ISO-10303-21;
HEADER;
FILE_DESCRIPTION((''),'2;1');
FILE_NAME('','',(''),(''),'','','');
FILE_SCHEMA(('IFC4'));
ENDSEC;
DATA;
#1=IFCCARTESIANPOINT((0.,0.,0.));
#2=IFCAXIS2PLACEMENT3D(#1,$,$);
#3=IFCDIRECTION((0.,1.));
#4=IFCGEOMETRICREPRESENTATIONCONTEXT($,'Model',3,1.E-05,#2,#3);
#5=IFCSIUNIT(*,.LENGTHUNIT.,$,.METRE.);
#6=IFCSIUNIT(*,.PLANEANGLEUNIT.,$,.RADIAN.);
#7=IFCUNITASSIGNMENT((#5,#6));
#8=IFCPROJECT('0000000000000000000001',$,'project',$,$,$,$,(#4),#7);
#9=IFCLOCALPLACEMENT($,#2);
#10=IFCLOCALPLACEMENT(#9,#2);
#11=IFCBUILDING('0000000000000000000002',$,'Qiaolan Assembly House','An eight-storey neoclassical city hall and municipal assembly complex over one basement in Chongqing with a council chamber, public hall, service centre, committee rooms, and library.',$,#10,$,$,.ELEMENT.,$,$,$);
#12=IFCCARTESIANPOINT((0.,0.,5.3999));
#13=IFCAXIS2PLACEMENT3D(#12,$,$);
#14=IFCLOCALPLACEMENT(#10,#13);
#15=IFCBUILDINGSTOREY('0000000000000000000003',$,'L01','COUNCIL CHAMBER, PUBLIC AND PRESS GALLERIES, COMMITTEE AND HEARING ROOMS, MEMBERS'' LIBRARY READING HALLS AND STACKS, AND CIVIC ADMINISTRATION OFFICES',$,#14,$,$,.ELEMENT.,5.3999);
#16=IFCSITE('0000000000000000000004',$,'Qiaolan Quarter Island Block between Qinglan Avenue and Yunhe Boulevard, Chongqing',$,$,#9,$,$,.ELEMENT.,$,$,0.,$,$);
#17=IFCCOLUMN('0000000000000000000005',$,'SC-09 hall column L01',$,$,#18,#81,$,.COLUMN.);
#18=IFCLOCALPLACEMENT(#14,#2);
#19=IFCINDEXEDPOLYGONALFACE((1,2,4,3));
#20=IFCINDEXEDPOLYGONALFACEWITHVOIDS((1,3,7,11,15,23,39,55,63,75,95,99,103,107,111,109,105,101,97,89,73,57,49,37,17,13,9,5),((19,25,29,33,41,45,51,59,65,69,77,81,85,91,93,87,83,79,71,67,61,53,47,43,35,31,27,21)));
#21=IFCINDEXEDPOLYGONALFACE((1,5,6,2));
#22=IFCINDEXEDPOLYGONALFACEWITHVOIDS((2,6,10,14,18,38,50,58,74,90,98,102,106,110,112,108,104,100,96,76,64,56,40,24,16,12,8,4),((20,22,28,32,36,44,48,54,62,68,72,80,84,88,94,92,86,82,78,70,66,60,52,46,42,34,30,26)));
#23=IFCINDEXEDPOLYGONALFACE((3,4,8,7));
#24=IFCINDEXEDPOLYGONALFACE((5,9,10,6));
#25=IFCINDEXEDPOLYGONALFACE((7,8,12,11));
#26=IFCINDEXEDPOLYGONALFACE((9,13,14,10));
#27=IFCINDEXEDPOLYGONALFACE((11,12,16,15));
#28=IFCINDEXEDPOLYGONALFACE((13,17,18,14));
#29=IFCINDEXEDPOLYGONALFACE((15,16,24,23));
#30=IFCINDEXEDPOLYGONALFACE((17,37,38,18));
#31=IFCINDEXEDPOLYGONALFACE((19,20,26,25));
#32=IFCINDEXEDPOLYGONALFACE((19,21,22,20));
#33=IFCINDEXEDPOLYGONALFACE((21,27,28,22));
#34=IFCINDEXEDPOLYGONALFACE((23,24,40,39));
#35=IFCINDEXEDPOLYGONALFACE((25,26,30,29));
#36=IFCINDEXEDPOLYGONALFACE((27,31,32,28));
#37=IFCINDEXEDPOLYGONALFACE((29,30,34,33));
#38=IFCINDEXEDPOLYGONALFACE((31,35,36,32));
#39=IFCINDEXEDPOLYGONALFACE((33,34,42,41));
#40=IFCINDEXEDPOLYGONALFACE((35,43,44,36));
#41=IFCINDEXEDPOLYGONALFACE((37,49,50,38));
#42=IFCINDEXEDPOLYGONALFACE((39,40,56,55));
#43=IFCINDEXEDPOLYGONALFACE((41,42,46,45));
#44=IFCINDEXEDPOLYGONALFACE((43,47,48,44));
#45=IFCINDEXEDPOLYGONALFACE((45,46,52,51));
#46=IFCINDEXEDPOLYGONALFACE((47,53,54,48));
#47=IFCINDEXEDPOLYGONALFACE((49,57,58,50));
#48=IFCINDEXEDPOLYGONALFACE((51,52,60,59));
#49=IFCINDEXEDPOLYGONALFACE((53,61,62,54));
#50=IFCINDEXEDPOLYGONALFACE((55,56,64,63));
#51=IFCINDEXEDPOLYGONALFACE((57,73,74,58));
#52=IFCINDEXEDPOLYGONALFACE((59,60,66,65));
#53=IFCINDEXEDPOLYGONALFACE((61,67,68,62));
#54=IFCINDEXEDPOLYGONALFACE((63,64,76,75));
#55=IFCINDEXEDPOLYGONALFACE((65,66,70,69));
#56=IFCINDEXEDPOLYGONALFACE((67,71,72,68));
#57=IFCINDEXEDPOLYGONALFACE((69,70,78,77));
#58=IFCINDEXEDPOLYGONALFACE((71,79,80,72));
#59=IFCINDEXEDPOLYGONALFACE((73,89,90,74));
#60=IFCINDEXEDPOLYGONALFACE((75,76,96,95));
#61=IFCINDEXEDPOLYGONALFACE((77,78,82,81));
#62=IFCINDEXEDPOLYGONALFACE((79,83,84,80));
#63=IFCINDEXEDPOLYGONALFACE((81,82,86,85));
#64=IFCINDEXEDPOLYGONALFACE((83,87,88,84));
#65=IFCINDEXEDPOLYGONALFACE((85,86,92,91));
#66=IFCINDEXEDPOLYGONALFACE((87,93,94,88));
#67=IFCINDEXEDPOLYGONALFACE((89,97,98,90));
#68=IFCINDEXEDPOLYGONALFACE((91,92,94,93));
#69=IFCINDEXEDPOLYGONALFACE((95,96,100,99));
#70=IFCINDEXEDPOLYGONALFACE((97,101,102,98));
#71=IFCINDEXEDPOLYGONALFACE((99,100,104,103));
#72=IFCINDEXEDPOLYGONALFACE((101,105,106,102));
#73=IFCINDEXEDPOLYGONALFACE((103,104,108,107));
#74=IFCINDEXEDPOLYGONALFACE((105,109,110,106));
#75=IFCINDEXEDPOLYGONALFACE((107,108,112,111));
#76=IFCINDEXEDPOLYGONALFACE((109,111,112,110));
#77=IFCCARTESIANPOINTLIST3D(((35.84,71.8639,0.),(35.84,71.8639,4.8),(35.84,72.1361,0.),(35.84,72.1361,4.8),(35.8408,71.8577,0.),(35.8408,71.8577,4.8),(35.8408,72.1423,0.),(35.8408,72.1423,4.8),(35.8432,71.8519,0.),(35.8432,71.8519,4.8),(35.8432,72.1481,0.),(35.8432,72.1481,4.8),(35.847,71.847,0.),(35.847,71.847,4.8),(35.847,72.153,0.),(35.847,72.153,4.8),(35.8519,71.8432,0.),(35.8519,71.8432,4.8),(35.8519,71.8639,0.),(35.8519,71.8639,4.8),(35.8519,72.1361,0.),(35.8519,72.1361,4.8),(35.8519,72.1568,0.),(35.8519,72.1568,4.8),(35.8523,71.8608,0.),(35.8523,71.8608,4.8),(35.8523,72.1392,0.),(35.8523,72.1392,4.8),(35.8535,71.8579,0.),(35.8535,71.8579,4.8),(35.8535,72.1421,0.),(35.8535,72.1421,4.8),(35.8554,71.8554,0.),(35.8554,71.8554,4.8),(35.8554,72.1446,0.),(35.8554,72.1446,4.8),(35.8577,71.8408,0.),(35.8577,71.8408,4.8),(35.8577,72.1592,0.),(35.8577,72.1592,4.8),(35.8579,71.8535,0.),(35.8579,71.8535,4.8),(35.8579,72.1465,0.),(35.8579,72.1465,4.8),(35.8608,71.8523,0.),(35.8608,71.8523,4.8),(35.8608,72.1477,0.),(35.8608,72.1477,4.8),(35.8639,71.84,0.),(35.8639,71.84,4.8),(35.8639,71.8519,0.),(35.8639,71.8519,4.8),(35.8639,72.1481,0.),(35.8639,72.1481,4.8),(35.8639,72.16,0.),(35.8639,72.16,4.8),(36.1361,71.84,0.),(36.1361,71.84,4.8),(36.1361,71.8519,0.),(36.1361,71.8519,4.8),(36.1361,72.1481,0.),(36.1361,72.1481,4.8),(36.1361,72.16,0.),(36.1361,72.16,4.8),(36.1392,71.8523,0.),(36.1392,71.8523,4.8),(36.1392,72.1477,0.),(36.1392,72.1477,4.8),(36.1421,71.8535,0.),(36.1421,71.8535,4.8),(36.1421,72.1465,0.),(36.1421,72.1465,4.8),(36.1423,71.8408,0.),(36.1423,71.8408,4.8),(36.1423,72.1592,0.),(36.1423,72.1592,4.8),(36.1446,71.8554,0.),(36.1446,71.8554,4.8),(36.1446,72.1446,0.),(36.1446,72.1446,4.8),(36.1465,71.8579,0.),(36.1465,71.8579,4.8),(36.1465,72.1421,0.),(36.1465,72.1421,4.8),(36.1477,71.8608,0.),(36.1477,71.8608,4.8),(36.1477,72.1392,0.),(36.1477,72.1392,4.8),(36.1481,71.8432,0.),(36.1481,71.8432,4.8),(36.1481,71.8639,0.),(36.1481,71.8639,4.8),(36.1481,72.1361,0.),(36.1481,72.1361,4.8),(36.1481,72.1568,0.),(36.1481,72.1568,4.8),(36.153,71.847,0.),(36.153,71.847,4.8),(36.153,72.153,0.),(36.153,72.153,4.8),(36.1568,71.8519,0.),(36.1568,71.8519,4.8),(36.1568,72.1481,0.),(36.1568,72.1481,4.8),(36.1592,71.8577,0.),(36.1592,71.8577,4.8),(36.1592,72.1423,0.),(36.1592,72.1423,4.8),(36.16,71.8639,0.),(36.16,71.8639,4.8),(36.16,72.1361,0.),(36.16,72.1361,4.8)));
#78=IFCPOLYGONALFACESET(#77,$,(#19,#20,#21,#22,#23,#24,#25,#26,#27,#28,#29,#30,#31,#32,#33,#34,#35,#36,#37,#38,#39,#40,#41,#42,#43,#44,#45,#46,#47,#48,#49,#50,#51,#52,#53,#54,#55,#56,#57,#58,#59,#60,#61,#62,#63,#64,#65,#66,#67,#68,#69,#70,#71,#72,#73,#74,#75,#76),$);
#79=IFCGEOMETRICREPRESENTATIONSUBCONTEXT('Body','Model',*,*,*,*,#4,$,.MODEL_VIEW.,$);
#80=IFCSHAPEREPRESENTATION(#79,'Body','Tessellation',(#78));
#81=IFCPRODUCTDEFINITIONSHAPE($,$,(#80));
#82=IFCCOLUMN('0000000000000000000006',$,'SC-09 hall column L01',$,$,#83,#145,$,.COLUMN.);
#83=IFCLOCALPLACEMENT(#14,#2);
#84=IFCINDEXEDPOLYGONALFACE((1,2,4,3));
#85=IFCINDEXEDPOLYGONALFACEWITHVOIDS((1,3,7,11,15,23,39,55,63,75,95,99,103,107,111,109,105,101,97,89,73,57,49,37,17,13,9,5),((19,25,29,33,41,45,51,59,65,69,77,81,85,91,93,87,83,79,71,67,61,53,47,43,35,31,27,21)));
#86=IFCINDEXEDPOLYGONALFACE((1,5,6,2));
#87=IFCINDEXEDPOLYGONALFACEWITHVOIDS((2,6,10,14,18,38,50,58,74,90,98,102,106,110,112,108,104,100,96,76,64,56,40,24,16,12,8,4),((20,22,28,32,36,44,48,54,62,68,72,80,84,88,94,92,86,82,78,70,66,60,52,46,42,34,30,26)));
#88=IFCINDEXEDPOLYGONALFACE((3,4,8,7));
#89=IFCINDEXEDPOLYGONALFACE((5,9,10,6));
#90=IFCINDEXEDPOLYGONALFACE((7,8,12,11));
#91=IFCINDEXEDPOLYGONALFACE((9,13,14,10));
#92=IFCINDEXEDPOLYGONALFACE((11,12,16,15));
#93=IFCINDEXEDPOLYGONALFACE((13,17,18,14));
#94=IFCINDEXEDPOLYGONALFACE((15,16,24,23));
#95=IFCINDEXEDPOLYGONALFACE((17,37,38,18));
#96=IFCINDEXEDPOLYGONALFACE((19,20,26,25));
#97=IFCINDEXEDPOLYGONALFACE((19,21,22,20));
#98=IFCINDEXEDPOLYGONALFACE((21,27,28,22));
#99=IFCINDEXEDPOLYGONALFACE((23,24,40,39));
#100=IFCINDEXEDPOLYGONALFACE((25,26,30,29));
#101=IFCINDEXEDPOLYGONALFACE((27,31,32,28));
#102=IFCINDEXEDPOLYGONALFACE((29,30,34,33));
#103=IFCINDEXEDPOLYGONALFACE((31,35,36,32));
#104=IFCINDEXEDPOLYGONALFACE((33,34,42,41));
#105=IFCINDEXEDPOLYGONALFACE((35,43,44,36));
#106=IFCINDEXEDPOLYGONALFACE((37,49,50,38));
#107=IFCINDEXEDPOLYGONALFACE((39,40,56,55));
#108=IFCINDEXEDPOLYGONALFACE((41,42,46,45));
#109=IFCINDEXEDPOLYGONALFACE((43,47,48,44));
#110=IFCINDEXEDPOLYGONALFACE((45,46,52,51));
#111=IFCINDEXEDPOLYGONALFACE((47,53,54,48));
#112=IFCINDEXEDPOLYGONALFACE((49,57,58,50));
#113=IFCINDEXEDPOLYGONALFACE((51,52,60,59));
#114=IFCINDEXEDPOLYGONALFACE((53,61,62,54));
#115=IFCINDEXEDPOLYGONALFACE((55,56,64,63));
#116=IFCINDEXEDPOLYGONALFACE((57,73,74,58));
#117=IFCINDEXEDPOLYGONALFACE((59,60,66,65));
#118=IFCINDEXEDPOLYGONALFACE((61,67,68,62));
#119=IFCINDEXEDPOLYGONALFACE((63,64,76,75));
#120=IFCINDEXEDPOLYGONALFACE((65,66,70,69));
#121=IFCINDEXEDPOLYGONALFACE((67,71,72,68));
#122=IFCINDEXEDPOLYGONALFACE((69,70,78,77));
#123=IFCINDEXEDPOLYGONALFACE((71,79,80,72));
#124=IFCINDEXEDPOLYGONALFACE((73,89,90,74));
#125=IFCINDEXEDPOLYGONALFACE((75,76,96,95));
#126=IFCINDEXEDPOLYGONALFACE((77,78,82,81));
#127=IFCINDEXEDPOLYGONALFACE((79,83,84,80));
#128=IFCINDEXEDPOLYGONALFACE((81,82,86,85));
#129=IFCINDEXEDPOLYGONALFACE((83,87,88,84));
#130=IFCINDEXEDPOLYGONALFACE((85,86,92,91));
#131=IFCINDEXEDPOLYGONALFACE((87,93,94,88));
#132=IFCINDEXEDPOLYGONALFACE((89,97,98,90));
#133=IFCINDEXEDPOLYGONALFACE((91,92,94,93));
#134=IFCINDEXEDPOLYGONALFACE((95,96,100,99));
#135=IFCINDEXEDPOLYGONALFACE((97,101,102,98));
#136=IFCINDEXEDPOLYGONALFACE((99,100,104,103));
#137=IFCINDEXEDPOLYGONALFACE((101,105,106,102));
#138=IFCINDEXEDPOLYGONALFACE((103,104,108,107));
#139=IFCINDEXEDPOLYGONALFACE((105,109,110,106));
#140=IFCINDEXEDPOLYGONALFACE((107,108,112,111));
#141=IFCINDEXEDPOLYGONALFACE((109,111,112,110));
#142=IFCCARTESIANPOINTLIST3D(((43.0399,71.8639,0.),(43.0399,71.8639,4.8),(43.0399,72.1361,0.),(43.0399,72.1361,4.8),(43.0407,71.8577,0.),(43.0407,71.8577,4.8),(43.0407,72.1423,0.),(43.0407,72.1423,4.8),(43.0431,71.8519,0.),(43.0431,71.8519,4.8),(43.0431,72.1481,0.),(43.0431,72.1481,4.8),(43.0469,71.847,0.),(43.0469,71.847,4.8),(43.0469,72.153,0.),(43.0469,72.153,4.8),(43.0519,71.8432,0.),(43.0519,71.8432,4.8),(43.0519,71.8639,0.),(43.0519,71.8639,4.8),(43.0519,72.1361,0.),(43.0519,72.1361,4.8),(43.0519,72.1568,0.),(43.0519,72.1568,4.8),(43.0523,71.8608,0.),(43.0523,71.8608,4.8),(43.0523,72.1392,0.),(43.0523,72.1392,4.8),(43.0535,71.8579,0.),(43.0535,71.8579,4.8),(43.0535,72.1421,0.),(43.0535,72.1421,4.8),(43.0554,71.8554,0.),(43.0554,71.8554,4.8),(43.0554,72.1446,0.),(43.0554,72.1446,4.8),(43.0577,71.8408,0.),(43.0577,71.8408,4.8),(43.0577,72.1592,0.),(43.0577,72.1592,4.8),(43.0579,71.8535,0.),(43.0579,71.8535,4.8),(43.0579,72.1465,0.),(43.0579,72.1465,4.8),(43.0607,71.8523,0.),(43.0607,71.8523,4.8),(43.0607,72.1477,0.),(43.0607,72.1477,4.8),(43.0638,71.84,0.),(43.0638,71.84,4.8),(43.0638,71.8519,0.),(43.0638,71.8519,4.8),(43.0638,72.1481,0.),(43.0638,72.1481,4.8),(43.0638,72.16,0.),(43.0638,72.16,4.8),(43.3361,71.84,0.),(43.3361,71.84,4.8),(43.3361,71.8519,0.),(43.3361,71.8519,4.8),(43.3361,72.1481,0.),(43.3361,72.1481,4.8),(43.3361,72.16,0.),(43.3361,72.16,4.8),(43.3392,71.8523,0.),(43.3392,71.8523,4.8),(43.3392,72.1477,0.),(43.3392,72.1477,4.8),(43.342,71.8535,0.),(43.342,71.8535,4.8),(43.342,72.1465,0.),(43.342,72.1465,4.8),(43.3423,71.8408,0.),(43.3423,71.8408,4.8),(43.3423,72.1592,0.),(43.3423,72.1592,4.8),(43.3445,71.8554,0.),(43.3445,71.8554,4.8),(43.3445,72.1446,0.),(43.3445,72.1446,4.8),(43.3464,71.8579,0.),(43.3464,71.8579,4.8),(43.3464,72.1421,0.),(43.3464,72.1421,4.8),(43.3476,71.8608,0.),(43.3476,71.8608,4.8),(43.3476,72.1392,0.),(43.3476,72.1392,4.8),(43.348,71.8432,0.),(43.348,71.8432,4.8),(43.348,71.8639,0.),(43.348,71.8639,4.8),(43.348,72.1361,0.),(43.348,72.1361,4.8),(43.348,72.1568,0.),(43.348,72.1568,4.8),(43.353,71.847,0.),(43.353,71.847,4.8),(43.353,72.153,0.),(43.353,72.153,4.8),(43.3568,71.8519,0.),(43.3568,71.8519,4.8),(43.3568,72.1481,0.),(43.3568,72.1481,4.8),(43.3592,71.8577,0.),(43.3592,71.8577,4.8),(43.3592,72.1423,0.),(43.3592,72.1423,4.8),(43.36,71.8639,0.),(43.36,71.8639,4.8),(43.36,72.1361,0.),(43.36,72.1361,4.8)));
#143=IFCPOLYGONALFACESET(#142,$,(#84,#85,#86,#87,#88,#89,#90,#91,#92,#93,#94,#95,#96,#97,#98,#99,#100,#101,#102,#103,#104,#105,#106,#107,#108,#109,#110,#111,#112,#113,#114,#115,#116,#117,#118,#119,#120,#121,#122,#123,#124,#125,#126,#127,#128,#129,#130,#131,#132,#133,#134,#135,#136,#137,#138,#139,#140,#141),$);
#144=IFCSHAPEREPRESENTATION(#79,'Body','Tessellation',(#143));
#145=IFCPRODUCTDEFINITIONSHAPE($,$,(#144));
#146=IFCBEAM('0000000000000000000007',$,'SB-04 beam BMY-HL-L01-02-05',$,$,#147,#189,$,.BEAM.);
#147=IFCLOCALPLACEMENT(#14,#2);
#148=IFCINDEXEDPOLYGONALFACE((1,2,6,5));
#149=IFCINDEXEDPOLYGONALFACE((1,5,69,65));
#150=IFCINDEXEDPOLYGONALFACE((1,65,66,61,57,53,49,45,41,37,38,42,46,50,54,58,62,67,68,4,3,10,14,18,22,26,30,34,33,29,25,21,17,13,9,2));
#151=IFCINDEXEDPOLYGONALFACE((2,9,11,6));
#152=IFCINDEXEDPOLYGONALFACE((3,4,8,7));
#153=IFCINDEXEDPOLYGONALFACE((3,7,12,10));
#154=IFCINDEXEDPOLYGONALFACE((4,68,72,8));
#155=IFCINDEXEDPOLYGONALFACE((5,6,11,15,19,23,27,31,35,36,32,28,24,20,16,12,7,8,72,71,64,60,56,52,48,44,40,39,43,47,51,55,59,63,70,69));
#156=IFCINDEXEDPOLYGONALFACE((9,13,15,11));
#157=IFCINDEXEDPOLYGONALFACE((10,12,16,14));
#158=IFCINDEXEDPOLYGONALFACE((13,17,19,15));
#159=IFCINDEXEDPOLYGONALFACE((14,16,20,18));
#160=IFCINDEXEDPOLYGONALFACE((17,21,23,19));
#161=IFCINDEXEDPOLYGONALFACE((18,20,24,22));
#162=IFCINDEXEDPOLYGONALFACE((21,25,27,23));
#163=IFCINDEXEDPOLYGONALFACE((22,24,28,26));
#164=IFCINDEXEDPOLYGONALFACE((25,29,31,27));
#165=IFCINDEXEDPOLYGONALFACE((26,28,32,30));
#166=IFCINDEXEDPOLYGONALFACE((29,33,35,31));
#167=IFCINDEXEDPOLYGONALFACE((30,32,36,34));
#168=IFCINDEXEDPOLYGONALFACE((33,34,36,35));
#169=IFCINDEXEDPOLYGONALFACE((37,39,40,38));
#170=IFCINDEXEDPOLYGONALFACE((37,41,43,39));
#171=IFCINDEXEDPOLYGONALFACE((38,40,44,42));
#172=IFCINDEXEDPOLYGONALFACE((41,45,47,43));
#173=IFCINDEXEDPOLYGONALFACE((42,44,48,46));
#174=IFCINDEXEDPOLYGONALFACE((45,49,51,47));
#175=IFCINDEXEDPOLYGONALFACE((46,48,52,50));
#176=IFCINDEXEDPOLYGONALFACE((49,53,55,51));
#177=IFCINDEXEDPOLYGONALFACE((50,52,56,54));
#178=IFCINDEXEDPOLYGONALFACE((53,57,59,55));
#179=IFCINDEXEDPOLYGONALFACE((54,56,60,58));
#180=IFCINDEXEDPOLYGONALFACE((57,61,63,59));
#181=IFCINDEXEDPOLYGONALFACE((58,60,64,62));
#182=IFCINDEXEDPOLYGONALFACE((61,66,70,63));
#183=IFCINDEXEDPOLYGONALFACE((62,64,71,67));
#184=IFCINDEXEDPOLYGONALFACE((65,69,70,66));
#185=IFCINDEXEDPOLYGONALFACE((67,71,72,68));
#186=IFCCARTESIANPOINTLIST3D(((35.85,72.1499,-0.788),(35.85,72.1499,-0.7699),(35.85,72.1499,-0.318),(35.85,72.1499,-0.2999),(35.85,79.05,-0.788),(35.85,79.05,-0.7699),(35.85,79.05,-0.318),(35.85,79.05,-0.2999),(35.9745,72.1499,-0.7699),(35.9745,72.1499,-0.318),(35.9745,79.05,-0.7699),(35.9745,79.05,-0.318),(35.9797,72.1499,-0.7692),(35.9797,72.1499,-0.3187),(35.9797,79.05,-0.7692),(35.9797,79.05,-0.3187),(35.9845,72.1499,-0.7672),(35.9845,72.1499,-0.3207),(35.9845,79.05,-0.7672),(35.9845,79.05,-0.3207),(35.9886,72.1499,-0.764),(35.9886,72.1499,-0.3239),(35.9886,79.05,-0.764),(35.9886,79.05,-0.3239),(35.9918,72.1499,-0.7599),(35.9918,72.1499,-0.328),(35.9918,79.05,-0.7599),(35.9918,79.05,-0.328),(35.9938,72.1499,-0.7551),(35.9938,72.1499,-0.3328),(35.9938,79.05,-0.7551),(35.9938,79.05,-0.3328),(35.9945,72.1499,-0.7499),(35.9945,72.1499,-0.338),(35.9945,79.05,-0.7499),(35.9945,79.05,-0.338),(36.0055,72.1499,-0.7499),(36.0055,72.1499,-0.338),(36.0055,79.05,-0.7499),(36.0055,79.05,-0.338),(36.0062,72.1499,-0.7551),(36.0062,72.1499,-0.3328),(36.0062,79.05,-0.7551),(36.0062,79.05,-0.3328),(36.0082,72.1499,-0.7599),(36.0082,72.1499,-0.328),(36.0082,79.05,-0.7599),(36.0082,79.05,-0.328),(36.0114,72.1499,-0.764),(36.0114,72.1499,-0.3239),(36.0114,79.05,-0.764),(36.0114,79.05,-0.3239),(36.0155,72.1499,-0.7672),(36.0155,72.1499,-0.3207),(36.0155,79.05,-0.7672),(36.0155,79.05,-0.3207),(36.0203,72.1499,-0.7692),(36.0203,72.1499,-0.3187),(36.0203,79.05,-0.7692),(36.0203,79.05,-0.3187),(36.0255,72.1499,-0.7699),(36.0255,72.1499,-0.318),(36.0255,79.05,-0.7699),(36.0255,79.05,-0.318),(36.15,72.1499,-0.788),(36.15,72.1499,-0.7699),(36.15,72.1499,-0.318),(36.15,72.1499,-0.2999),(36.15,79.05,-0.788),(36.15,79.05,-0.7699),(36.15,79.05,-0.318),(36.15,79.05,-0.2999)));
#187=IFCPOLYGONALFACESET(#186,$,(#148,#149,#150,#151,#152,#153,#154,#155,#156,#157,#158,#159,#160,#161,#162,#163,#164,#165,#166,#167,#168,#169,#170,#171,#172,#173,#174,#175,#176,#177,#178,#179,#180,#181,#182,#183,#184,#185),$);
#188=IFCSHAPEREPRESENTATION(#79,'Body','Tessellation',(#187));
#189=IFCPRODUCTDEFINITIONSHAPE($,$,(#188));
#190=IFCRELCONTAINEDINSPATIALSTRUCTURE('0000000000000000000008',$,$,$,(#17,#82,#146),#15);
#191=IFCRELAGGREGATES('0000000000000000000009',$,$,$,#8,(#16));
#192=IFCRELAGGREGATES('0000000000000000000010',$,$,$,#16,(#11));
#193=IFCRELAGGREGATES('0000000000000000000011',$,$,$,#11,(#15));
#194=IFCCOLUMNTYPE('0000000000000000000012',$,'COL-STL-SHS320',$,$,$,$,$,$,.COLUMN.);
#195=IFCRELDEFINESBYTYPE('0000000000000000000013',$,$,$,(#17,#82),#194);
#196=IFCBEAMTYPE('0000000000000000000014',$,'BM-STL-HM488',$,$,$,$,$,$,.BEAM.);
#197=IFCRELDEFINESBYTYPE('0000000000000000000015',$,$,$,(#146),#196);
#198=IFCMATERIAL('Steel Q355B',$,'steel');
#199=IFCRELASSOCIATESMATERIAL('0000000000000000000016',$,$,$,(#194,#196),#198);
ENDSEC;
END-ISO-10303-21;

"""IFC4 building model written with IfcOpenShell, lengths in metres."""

from ifc_helpers import new_model, si_unit, direction, frame, origin, origin_2d, place, context, subcontext, project, spatial, hollow_rectangle, i_section, extrude, material, material_profile, profile_set, type_object, element, save


model = new_model("IFC4")

# Units and contexts
model_context = context("Model", 3, precision=1e-05, world=origin(), true_north=direction((0.0, 1.0)))
body_context = subcontext(model_context, "Body", "Model", "MODEL_VIEW")
ifc_project = project(units=[si_unit("LENGTHUNIT", "METRE"), si_unit("PLANEANGLEUNIT", "RADIAN")], contexts=[model_context])

# Site, building, storey
site_placement = place(None, origin())
site = spatial("IfcSite", under=ifc_project, at=site_placement, Name="Qiaolan Quarter Island Block between Qinglan Avenue and Yunhe Boulevard, Chongqing", CompositionType="ELEMENT", RefElevation=0.0)
building_placement = place(site_placement, origin())
building = spatial("IfcBuilding", under=site, at=building_placement, Name="Qiaolan Assembly House", Description="An eight-storey neoclassical city hall and municipal assembly complex over one basement in Chongqing with a council chamber, public hall, service centre, committee rooms, and library.", CompositionType="ELEMENT")
storey_placement = place(building_placement, frame((0.0, 0.0, 5.3999)))
storey = spatial("IfcBuildingStorey", under=building, at=storey_placement, Name="L01", Description="COUNCIL CHAMBER, PUBLIC AND PRESS GALLERIES, COMMITTEE AND HEARING ROOMS, MEMBERS' LIBRARY READING HALLS AND STACKS, AND CIVIC ADMINISTRATION OFFICES", CompositionType="ELEMENT", Elevation=5.3999)

# Columns
ifc_material_1 = material(Name="Steel Q355B", Category="steel")
ifc_material_profile_1 = material_profile(ifc_material_1, hollow_rectangle(XDim=0.3201, YDim=0.3201, WallThickness=0.012, InnerFilletRadius=0.012, OuterFilletRadius=0.0239, at=origin_2d()), Name="SHS 320x320x12")
ifc_profile_set_1 = profile_set([ifc_material_profile_1], Name="Steel Q355B")
column_type = type_object("IfcColumnType", Name="COL-STL-SHS320", PredefinedType="COLUMN", material=ifc_profile_set_1)
for number, where, z_axis, x_axis, name in (
    (1, (36.0, 72.0, 0.0), (0.0, 0.0, 1.0), (1.0, 0.0, 0.0), "SC-09 hall column L01"),
    (2, (43.2, 72.0, 0.0), (0.0, 0.0, 1.0), (1.0, 0.0, 0.0), "SC-09 hall column L01"),
):
    element("IfcColumn", number, at=place(storey_placement, frame(where, z_axis=z_axis, x_axis=x_axis)), inside=storey, type_object=column_type, Name=name, PredefinedType="COLUMN", context=body_context, shape_type="SweptSolid", body=[
        extrude(hollow_rectangle(XDim=0.3201, YDim=0.3201, WallThickness=0.012, InnerFilletRadius=0.012, OuterFilletRadius=0.0239, at=origin_2d()), origin(), (0.0, 0.0, 1.0), 4.8),
    ])

# Beam
ifc_material_profile_2 = material_profile(ifc_material_1, i_section(OverallWidth=0.3, OverallDepth=0.488, WebThickness=0.011, FlangeThickness=0.0181, FilletRadius=0.02, at=origin_2d()), Name="HM 488x300x11x18")
ifc_profile_set_2 = profile_set([ifc_material_profile_2], Name="Steel Q355B")
beam_type_1 = type_object("IfcBeamType", Name="BM-STL-HM488", PredefinedType="BEAM", material=ifc_profile_set_2)
for number, where, z_axis, x_axis, name in (
    (3, (36.0, 72.1499, -0.5439), (0.0, 1.0, 0.0), (-1.0, 0.0, 0.0), "SB-04 beam BMY-HL-L01-02-05"),
):
    element("IfcBeam", number, at=place(storey_placement, frame(where, z_axis=z_axis, x_axis=x_axis)), inside=storey, type_object=beam_type_1, Name=name, PredefinedType="BEAM", context=body_context, shape_type="SweptSolid", body=[
        extrude(i_section(OverallWidth=0.3, OverallDepth=0.488, WebThickness=0.011, FlangeThickness=0.0181, FilletRadius=0.02, at=origin_2d()), origin(), (0.0, 0.0, 1.0), 6.9001),
    ])

save(model, "model.ifc")
